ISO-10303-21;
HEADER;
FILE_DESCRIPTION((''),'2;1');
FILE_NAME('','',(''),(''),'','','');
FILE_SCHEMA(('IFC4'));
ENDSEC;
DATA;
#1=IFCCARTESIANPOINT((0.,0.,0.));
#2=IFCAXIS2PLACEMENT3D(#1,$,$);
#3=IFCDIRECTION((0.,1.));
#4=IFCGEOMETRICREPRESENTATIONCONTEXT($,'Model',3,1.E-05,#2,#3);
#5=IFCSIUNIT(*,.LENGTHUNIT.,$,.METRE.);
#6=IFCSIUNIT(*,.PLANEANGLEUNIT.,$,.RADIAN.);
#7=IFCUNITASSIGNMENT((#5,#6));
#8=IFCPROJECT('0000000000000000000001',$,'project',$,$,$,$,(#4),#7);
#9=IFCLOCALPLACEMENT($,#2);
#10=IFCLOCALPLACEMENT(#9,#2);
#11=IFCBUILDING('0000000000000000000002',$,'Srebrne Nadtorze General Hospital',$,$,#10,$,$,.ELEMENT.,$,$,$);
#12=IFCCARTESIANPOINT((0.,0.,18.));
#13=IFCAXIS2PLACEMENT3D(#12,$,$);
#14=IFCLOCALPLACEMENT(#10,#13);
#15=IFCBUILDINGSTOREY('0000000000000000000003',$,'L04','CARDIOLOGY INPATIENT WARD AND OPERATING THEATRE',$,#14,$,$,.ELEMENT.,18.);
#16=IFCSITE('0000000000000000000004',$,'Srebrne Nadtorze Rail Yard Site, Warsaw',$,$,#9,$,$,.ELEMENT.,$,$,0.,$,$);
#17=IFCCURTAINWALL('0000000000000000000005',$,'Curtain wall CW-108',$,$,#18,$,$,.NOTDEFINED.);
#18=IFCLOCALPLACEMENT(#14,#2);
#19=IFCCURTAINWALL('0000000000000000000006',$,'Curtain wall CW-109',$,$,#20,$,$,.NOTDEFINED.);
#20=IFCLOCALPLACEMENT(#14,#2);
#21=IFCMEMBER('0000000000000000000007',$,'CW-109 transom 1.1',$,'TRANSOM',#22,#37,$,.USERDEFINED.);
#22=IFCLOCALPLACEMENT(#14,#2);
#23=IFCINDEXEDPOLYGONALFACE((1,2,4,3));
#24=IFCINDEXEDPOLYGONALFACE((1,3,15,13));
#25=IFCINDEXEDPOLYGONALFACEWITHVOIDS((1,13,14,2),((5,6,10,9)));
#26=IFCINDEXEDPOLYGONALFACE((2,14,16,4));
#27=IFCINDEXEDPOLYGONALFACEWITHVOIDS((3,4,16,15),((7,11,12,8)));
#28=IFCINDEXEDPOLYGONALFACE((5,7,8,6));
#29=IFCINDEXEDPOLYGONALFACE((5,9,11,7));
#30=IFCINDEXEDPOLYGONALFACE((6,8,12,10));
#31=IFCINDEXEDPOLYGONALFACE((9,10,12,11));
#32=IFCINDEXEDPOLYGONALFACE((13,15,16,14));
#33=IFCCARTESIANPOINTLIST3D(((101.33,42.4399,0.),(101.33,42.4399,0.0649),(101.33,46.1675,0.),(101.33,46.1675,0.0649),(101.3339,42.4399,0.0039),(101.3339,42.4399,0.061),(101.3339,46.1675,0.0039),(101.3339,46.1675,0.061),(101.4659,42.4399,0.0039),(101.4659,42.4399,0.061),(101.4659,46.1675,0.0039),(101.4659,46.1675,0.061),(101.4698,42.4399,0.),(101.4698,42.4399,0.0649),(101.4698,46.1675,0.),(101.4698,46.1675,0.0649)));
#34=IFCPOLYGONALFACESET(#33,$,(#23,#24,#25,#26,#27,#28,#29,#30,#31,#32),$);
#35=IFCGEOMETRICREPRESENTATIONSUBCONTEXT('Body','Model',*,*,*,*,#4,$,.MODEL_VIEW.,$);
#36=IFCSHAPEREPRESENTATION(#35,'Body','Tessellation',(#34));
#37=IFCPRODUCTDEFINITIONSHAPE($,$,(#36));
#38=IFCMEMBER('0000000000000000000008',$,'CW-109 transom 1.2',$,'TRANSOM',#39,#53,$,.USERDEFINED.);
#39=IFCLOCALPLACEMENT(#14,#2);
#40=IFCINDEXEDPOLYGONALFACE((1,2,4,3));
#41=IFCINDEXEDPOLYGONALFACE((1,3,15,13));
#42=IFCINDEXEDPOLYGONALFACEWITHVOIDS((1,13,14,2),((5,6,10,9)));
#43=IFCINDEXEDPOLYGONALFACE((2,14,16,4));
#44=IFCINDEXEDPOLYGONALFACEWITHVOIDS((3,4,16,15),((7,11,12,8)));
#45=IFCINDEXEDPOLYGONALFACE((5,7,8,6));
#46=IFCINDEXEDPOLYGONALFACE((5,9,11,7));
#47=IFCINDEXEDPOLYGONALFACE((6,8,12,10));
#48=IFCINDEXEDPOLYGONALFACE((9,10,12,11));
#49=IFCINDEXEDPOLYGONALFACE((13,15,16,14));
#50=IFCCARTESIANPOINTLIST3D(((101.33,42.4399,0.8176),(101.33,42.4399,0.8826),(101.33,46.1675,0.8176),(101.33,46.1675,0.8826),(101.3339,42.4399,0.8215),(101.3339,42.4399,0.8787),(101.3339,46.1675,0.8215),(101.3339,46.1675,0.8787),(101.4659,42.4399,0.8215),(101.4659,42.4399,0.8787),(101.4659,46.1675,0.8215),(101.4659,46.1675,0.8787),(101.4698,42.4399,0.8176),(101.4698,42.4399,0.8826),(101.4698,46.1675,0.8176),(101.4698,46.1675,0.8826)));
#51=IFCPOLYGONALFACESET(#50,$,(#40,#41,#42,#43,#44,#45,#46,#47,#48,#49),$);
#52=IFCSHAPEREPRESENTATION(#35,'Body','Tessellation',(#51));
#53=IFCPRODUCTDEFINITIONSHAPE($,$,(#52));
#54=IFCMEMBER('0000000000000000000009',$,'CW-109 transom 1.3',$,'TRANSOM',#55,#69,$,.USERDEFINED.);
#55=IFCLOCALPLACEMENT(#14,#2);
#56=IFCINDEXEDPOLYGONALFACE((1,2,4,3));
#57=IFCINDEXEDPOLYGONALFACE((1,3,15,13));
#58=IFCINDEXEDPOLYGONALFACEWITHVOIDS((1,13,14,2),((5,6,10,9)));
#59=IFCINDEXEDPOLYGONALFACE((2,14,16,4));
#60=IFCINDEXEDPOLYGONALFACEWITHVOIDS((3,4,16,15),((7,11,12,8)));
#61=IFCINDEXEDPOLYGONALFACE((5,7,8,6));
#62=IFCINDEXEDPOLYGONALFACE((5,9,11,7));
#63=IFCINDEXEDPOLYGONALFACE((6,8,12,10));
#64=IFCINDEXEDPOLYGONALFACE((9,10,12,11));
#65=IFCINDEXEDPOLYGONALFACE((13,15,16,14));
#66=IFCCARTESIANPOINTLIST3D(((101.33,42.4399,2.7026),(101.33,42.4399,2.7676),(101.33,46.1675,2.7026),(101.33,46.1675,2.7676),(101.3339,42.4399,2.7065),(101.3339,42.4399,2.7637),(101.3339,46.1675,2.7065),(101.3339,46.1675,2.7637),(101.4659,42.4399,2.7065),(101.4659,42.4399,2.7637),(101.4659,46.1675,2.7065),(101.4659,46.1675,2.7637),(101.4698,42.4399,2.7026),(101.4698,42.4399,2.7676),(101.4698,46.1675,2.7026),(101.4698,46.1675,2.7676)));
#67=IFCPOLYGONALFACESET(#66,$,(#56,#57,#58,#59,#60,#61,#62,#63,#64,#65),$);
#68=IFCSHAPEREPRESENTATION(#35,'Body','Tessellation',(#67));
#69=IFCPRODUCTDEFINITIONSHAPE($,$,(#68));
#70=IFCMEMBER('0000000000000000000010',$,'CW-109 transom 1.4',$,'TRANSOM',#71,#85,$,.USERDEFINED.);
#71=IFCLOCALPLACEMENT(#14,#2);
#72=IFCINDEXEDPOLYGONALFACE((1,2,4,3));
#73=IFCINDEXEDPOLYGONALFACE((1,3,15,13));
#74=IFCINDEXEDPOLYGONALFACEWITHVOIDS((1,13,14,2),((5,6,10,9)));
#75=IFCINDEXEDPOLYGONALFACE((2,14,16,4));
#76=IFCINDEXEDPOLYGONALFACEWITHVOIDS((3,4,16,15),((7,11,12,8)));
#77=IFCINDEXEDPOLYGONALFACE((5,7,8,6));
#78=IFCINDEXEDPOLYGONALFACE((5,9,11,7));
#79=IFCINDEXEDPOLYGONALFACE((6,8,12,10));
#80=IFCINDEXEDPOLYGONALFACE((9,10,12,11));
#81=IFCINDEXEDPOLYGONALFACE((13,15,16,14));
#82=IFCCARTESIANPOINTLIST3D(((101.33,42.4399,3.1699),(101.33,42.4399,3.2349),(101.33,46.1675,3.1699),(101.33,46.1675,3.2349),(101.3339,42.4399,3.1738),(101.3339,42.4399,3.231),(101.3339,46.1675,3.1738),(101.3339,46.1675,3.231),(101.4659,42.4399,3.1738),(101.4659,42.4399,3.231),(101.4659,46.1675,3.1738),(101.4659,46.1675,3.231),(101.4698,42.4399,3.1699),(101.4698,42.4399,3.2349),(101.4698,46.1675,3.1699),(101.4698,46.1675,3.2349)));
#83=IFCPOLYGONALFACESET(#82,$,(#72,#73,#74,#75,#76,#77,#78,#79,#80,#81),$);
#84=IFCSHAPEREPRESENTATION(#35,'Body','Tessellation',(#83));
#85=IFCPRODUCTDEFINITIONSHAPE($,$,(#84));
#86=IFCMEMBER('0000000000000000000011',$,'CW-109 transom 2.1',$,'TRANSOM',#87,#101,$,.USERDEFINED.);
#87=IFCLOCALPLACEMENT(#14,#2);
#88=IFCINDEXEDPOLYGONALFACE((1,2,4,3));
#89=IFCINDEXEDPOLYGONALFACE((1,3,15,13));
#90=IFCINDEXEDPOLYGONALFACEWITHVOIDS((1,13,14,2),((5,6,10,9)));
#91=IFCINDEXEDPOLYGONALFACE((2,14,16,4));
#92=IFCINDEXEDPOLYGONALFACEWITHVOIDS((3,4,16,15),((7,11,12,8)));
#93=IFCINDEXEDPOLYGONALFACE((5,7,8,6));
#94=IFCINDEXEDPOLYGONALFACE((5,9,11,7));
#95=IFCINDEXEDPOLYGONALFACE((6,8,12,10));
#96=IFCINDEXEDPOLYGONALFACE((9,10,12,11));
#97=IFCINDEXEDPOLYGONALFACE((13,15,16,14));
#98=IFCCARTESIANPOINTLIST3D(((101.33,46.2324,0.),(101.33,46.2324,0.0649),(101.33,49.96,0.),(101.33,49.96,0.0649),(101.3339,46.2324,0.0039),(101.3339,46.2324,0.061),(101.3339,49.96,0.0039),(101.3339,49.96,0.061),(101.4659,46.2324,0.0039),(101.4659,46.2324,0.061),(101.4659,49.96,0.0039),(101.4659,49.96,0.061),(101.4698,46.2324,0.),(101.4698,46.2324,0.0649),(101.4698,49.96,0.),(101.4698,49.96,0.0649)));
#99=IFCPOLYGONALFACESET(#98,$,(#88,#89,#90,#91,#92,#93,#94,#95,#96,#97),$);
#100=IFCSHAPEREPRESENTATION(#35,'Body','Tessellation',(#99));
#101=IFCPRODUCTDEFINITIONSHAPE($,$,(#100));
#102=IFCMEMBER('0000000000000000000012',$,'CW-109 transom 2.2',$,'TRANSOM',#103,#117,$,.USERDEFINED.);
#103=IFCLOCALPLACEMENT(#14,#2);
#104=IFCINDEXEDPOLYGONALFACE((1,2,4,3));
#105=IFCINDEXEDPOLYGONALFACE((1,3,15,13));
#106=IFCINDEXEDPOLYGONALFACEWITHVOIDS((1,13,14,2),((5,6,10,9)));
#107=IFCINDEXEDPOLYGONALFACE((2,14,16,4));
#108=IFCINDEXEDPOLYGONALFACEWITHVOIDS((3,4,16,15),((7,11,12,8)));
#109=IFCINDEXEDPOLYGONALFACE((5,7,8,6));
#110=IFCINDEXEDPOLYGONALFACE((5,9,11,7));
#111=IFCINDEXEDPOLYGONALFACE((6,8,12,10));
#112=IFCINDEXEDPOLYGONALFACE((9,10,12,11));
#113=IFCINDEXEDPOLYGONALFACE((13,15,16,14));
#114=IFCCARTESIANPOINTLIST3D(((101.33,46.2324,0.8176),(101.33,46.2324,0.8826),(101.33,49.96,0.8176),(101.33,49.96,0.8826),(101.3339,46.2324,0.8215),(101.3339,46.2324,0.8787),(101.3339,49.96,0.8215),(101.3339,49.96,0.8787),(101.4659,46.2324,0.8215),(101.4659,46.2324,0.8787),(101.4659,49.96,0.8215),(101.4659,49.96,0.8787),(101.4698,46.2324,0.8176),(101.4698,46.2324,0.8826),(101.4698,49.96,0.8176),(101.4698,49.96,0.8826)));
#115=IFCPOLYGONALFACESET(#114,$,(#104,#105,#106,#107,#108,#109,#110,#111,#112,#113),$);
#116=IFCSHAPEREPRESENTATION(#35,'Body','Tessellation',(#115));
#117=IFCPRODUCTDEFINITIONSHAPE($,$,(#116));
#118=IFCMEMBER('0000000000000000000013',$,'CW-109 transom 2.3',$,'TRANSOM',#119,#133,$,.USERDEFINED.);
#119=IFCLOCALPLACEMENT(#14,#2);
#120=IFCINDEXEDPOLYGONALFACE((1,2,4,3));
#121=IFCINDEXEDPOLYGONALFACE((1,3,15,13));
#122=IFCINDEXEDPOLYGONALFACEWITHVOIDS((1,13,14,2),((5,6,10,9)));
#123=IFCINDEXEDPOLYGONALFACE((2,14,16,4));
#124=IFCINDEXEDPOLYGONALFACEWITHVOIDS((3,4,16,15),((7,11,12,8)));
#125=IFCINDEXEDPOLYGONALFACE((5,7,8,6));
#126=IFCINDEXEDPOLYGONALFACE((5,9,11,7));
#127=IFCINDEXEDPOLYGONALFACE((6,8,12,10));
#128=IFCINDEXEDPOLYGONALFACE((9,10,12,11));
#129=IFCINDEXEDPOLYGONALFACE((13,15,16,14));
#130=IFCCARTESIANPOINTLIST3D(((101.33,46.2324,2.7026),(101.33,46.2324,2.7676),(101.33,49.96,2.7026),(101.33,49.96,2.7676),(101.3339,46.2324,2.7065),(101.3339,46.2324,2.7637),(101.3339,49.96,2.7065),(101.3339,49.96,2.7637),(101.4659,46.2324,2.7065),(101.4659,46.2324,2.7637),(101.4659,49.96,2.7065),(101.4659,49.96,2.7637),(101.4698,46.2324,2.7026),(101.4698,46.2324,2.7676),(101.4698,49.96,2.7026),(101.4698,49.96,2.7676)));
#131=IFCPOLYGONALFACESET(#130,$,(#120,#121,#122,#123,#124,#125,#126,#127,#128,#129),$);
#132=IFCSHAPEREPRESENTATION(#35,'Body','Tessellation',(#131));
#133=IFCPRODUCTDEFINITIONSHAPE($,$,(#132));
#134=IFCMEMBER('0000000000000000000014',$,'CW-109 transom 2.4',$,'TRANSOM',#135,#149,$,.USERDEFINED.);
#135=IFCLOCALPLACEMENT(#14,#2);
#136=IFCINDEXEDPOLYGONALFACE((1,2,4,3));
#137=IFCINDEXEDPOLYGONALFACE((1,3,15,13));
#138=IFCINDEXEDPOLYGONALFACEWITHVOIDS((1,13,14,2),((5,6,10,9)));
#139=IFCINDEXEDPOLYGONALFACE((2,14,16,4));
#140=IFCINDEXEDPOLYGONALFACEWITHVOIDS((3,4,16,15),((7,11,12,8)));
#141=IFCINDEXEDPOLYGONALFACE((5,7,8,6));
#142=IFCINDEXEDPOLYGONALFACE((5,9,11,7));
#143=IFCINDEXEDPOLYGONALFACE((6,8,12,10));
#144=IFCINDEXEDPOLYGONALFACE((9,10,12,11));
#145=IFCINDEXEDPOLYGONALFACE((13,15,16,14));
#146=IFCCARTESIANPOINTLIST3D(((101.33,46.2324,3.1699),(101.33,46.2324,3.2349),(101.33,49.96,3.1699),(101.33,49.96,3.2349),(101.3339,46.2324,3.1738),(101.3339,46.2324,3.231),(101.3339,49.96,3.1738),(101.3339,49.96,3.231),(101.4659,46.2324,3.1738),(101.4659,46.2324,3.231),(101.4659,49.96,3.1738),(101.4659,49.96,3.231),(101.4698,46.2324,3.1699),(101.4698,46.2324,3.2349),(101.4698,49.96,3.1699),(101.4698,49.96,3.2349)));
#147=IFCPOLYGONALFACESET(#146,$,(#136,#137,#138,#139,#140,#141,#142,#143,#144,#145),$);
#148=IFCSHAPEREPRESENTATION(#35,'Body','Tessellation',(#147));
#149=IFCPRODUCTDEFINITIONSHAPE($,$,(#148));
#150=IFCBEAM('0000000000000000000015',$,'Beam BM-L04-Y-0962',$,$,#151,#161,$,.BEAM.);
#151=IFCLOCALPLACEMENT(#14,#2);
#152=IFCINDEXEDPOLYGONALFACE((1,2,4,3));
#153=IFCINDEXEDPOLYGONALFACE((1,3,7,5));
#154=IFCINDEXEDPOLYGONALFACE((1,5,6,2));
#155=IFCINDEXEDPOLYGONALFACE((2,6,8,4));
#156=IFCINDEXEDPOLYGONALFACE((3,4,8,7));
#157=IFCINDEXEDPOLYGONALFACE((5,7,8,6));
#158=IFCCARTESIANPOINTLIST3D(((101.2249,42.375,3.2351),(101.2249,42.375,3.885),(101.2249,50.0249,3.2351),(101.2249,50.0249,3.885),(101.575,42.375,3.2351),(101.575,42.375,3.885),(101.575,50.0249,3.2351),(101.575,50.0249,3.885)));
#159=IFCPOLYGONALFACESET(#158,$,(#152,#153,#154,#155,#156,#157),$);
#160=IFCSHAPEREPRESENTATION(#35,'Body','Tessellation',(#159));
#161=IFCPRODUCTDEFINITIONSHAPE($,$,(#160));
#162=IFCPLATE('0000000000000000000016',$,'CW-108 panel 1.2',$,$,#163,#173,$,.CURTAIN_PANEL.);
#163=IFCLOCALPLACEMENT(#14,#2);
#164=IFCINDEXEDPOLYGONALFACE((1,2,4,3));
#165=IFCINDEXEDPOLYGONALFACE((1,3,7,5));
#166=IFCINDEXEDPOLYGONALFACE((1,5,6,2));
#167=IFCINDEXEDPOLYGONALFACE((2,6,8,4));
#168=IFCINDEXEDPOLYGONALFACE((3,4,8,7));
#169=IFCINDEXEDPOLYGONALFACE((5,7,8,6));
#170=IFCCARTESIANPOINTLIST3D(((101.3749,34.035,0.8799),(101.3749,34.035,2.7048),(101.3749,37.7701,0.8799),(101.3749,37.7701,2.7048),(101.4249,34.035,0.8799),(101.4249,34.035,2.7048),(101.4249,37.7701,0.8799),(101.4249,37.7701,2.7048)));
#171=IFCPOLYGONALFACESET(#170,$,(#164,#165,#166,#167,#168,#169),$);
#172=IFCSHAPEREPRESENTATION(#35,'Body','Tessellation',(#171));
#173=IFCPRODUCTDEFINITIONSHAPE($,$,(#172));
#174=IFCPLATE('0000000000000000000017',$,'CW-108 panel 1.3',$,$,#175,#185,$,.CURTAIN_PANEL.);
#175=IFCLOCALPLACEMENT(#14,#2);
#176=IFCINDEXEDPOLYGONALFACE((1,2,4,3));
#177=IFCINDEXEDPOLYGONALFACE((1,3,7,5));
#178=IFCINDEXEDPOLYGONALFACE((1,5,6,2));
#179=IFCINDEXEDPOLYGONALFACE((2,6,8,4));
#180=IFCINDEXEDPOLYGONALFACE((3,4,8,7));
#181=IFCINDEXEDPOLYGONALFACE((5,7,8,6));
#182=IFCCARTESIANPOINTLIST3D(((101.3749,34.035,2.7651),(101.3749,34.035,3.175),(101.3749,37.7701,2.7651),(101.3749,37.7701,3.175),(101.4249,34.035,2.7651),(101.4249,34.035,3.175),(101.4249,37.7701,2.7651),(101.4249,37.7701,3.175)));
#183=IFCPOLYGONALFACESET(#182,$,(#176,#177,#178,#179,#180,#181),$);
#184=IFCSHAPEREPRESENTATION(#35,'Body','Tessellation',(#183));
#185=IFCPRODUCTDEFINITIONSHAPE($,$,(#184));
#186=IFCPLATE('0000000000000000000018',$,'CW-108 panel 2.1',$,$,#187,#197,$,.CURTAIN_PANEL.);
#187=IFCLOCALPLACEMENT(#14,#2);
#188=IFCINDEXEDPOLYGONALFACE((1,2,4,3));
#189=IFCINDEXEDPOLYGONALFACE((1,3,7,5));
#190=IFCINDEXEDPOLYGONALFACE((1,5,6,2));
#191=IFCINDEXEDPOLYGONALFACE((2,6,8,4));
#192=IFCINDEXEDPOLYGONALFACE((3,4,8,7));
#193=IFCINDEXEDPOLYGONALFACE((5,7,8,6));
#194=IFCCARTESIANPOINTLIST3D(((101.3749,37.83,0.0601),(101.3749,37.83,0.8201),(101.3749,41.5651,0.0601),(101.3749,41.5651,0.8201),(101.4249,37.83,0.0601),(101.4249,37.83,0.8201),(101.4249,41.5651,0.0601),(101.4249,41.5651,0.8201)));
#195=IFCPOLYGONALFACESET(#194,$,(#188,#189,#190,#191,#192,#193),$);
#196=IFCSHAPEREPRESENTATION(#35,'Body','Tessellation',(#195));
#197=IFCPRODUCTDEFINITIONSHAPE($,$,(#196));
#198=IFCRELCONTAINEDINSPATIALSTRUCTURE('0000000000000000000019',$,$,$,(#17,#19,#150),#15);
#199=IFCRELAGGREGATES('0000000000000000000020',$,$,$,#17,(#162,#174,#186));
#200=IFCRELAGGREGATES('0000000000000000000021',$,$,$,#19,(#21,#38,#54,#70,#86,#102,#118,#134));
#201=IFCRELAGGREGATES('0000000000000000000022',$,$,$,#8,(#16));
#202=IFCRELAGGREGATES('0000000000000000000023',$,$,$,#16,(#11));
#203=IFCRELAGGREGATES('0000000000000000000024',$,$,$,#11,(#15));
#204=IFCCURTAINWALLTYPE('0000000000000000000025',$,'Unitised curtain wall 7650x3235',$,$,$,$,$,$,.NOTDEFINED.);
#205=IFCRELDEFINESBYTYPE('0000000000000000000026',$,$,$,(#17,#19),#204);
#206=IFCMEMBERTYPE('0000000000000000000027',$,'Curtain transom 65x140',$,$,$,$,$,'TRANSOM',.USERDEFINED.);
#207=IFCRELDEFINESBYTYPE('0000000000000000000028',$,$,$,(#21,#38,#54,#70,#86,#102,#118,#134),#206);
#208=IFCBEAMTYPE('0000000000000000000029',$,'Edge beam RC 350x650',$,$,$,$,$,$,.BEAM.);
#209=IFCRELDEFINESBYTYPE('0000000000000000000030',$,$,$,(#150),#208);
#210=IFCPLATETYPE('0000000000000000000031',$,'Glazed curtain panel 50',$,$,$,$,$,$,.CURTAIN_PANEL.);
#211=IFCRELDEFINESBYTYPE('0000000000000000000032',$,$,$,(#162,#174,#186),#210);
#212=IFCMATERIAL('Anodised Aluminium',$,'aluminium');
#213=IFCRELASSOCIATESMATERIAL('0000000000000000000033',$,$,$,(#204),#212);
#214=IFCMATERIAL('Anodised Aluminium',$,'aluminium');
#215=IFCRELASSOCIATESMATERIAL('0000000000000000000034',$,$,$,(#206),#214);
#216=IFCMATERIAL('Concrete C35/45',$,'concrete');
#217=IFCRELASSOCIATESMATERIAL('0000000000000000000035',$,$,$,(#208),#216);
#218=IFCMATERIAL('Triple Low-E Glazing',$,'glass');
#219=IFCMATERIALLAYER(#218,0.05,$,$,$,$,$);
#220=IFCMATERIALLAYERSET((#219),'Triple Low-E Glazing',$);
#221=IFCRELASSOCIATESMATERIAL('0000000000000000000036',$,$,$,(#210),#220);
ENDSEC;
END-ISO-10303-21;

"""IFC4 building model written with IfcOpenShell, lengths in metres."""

from ifc_helpers import new_model, si_unit, direction, frame, origin, origin_2d, place, context, subcontext, project, spatial, rectangle, hollow_rectangle, extrude, material, layer, layer_set, material_profile, profile_set, type_object, element, aggregate, save


model = new_model("IFC4")

# Units and contexts
model_context = context("Model", 3, precision=1e-05, world=origin(), true_north=direction((0.0, 1.0)))
body_context = subcontext(model_context, "Body", "Model", "MODEL_VIEW")
ifc_project = project(units=[si_unit("LENGTHUNIT", "METRE"), si_unit("PLANEANGLEUNIT", "RADIAN")], contexts=[model_context])

# Site, building, storey
site_placement = place(None, origin())
site = spatial("IfcSite", under=ifc_project, at=site_placement, Name="Srebrne Nadtorze Rail Yard Site, Warsaw", CompositionType="ELEMENT", RefElevation=0.0)
building_placement = place(site_placement, origin())
building = spatial("IfcBuilding", under=site, at=building_placement, Name="Srebrne Nadtorze General Hospital", CompositionType="ELEMENT")
storey_placement = place(building_placement, frame((0.0, 0.0, 18.0)))
storey = spatial("IfcBuildingStorey", under=building, at=storey_placement, Name="L04", Description="CARDIOLOGY INPATIENT WARD AND OPERATING THEATRE", CompositionType="ELEMENT", Elevation=18.0)

# Curtain walls
ifc_material_1 = material(Name="Anodised Aluminium", Category="aluminium")
curtain_wall_type = type_object("IfcCurtainWallType", Name="Unitised curtain wall 7650x3235", PredefinedType="NOTDEFINED", material=ifc_material_1)
curtain_wall_1_placement = place(storey_placement, origin())
curtain_wall_1 = element("IfcCurtainWall", 1, at=curtain_wall_1_placement, inside=storey, type_object=curtain_wall_type, Name="Curtain wall CW-108", PredefinedType="NOTDEFINED")
curtain_wall_2_placement = place(storey_placement, origin())
curtain_wall_2 = element("IfcCurtainWall", 2, at=curtain_wall_2_placement, inside=storey, type_object=curtain_wall_type, Name="Curtain wall CW-109", PredefinedType="NOTDEFINED")

# Members
ifc_material_2 = material(Name="Anodised Aluminium", Category="aluminium")
ifc_material_profile_1 = material_profile(ifc_material_2, hollow_rectangle(XDim=0.0649, YDim=0.1399, WallThickness=0.0039, at=origin_2d()), Name="AL-TRN-65x140")
ifc_profile_set_1 = profile_set([ifc_material_profile_1], Name="Anodised Aluminium")
member_type_1 = type_object("IfcMemberType", Name="Curtain transom 65x140", ElementType="TRANSOM", PredefinedType="USERDEFINED", material=ifc_profile_set_1)
member_1_placement = place(storey_placement, frame((101.3999, 42.4399, 0.0325), z_axis=(0.0, 1.0, 0.0), x_axis=(0.0, 0.0, 1.0)))
member_1 = element("IfcMember", 3, at=member_1_placement, type_object=member_type_1, Name="CW-109 transom 1.1", ObjectType="TRANSOM", PredefinedType="USERDEFINED", context=body_context, shape_type="SweptSolid", body=[
    extrude(hollow_rectangle(XDim=0.0649, YDim=0.1399, WallThickness=0.0039, at=origin_2d()), origin(), (0.0, 0.0, 1.0), 3.7275),
])
member_2_placement = place(storey_placement, frame((101.3999, 42.4399, 0.8501), z_axis=(0.0, 1.0, 0.0), x_axis=(0.0, 0.0, 1.0)))
member_2 = element("IfcMember", 4, at=member_2_placement, type_object=member_type_1, Name="CW-109 transom 1.2", ObjectType="TRANSOM", PredefinedType="USERDEFINED", context=body_context, shape_type="SweptSolid", body=[
    extrude(hollow_rectangle(XDim=0.0649, YDim=0.1399, WallThickness=0.0039, at=origin_2d()), origin(), (0.0, 0.0, 1.0), 3.7275),
])
member_3_placement = place(storey_placement, frame((101.3999, 42.4399, 2.7351), z_axis=(0.0, 1.0, 0.0), x_axis=(0.0, 0.0, 1.0)))
member_3 = element("IfcMember", 5, at=member_3_placement, type_object=member_type_1, Name="CW-109 transom 1.3", ObjectType="TRANSOM", PredefinedType="USERDEFINED", context=body_context, shape_type="SweptSolid", body=[
    extrude(hollow_rectangle(XDim=0.0649, YDim=0.1399, WallThickness=0.0039, at=origin_2d()), origin(), (0.0, 0.0, 1.0), 3.7275),
])
member_4_placement = place(storey_placement, frame((101.3999, 42.4399, 3.2024), z_axis=(0.0, 1.0, 0.0), x_axis=(0.0, 0.0, 1.0)))
member_4 = element("IfcMember", 6, at=member_4_placement, type_object=member_type_1, Name="CW-109 transom 1.4", ObjectType="TRANSOM", PredefinedType="USERDEFINED", context=body_context, shape_type="SweptSolid", body=[
    extrude(hollow_rectangle(XDim=0.0649, YDim=0.1399, WallThickness=0.0039, at=origin_2d()), origin(), (0.0, 0.0, 1.0), 3.7275),
])
member_5_placement = place(storey_placement, frame((101.3999, 46.2324, 0.0325), z_axis=(0.0, 1.0, 0.0), x_axis=(0.0, 0.0, 1.0)))
member_5 = element("IfcMember", 7, at=member_5_placement, type_object=member_type_1, Name="CW-109 transom 2.1", ObjectType="TRANSOM", PredefinedType="USERDEFINED", context=body_context, shape_type="SweptSolid", body=[
    extrude(hollow_rectangle(XDim=0.0649, YDim=0.1399, WallThickness=0.0039, at=origin_2d()), origin(), (0.0, 0.0, 1.0), 3.7275),
])
member_6_placement = place(storey_placement, frame((101.3999, 46.2324, 0.8501), z_axis=(0.0, 1.0, 0.0), x_axis=(0.0, 0.0, 1.0)))
member_6 = element("IfcMember", 8, at=member_6_placement, type_object=member_type_1, Name="CW-109 transom 2.2", ObjectType="TRANSOM", PredefinedType="USERDEFINED", context=body_context, shape_type="SweptSolid", body=[
    extrude(hollow_rectangle(XDim=0.0649, YDim=0.1399, WallThickness=0.0039, at=origin_2d()), origin(), (0.0, 0.0, 1.0), 3.7275),
])
member_7_placement = place(storey_placement, frame((101.3999, 46.2324, 2.7351), z_axis=(0.0, 1.0, 0.0), x_axis=(0.0, 0.0, 1.0)))
member_7 = element("IfcMember", 9, at=member_7_placement, type_object=member_type_1, Name="CW-109 transom 2.3", ObjectType="TRANSOM", PredefinedType="USERDEFINED", context=body_context, shape_type="SweptSolid", body=[
    extrude(hollow_rectangle(XDim=0.0649, YDim=0.1399, WallThickness=0.0039, at=origin_2d()), origin(), (0.0, 0.0, 1.0), 3.7275),
])
member_8_placement = place(storey_placement, frame((101.3999, 46.2324, 3.2024), z_axis=(0.0, 1.0, 0.0), x_axis=(0.0, 0.0, 1.0)))
member_8 = element("IfcMember", 10, at=member_8_placement, type_object=member_type_1, Name="CW-109 transom 2.4", ObjectType="TRANSOM", PredefinedType="USERDEFINED", context=body_context, shape_type="SweptSolid", body=[
    extrude(hollow_rectangle(XDim=0.0649, YDim=0.1399, WallThickness=0.0039, at=origin_2d()), origin(), (0.0, 0.0, 1.0), 3.7275),
])

# Beam
ifc_material_3 = material(Name="Concrete C35/45", Category="concrete")
ifc_material_profile_2 = material_profile(ifc_material_3, rectangle(XDim=0.3501, YDim=0.6499, at=origin_2d()), Name="RC-BM-350x650")
ifc_profile_set_2 = profile_set([ifc_material_profile_2], Name="Concrete C35/45")
beam_type = type_object("IfcBeamType", Name="Edge beam RC 350x650", PredefinedType="BEAM", material=ifc_profile_set_2)
beam_placement = place(storey_placement, frame((101.3999, 42.375, 3.5601), z_axis=(0.0, 1.0, 0.0), x_axis=(-1.0, 0.0, 0.0)))
element("IfcBeam", 11, at=beam_placement, inside=storey, type_object=beam_type, Name="Beam BM-L04-Y-0962", PredefinedType="BEAM", context=body_context, shape_type="SweptSolid", body=[
    extrude(rectangle(XDim=0.3501, YDim=0.6499, at=origin_2d()), origin(), (0.0, 0.0, 1.0), 7.6499),
])

# Plates
ifc_material_4 = material(Name="Triple Low-E Glazing", Category="glass")
ifc_layer_1 = layer(ifc_material_4, 0.05)
ifc_layer_set_1 = layer_set([ifc_layer_1], Name="Triple Low-E Glazing")
plate_type = type_object("IfcPlateType", Name="Glazed curtain panel 50", PredefinedType="CURTAIN_PANEL", material=ifc_layer_set_1)
plate_1_placement = place(storey_placement, frame((101.3999, 35.9026, 0.8799), z_axis=(0.0, 0.0, 1.0), x_axis=(0.0, 1.0, 0.0)))
plate_1 = element("IfcPlate", 12, at=plate_1_placement, type_object=plate_type, Name="CW-108 panel 1.2", PredefinedType="CURTAIN_PANEL", context=body_context, shape_type="SweptSolid", body=[
    extrude(rectangle(XDim=3.7351, YDim=0.05, at=origin_2d()), origin(), (0.0, 0.0, 1.0), 1.825),
])
plate_2_placement = place(storey_placement, frame((101.3999, 35.9026, 2.7651), z_axis=(0.0, 0.0, 1.0), x_axis=(0.0, 1.0, 0.0)))
plate_2 = element("IfcPlate", 13, at=plate_2_placement, type_object=plate_type, Name="CW-108 panel 1.3", PredefinedType="CURTAIN_PANEL", context=body_context, shape_type="SweptSolid", body=[
    extrude(rectangle(XDim=3.7351, YDim=0.05, at=origin_2d()), origin(), (0.0, 0.0, 1.0), 0.4099),
])
plate_3_placement = place(storey_placement, frame((101.3999, 39.6975, 0.0601), z_axis=(0.0, 0.0, 1.0), x_axis=(0.0, 1.0, 0.0)))
plate_3 = element("IfcPlate", 14, at=plate_3_placement, type_object=plate_type, Name="CW-108 panel 2.1", PredefinedType="CURTAIN_PANEL", context=body_context, shape_type="SweptSolid", body=[
    extrude(rectangle(XDim=3.7351, YDim=0.05, at=origin_2d()), origin(), (0.0, 0.0, 1.0), 0.76),
])
aggregate(curtain_wall_1, [plate_1, plate_2, plate_3])
aggregate(curtain_wall_2, [member_1, member_2, member_3, member_4, member_5, member_6, member_7, member_8])

save(model, "model.ifc")
